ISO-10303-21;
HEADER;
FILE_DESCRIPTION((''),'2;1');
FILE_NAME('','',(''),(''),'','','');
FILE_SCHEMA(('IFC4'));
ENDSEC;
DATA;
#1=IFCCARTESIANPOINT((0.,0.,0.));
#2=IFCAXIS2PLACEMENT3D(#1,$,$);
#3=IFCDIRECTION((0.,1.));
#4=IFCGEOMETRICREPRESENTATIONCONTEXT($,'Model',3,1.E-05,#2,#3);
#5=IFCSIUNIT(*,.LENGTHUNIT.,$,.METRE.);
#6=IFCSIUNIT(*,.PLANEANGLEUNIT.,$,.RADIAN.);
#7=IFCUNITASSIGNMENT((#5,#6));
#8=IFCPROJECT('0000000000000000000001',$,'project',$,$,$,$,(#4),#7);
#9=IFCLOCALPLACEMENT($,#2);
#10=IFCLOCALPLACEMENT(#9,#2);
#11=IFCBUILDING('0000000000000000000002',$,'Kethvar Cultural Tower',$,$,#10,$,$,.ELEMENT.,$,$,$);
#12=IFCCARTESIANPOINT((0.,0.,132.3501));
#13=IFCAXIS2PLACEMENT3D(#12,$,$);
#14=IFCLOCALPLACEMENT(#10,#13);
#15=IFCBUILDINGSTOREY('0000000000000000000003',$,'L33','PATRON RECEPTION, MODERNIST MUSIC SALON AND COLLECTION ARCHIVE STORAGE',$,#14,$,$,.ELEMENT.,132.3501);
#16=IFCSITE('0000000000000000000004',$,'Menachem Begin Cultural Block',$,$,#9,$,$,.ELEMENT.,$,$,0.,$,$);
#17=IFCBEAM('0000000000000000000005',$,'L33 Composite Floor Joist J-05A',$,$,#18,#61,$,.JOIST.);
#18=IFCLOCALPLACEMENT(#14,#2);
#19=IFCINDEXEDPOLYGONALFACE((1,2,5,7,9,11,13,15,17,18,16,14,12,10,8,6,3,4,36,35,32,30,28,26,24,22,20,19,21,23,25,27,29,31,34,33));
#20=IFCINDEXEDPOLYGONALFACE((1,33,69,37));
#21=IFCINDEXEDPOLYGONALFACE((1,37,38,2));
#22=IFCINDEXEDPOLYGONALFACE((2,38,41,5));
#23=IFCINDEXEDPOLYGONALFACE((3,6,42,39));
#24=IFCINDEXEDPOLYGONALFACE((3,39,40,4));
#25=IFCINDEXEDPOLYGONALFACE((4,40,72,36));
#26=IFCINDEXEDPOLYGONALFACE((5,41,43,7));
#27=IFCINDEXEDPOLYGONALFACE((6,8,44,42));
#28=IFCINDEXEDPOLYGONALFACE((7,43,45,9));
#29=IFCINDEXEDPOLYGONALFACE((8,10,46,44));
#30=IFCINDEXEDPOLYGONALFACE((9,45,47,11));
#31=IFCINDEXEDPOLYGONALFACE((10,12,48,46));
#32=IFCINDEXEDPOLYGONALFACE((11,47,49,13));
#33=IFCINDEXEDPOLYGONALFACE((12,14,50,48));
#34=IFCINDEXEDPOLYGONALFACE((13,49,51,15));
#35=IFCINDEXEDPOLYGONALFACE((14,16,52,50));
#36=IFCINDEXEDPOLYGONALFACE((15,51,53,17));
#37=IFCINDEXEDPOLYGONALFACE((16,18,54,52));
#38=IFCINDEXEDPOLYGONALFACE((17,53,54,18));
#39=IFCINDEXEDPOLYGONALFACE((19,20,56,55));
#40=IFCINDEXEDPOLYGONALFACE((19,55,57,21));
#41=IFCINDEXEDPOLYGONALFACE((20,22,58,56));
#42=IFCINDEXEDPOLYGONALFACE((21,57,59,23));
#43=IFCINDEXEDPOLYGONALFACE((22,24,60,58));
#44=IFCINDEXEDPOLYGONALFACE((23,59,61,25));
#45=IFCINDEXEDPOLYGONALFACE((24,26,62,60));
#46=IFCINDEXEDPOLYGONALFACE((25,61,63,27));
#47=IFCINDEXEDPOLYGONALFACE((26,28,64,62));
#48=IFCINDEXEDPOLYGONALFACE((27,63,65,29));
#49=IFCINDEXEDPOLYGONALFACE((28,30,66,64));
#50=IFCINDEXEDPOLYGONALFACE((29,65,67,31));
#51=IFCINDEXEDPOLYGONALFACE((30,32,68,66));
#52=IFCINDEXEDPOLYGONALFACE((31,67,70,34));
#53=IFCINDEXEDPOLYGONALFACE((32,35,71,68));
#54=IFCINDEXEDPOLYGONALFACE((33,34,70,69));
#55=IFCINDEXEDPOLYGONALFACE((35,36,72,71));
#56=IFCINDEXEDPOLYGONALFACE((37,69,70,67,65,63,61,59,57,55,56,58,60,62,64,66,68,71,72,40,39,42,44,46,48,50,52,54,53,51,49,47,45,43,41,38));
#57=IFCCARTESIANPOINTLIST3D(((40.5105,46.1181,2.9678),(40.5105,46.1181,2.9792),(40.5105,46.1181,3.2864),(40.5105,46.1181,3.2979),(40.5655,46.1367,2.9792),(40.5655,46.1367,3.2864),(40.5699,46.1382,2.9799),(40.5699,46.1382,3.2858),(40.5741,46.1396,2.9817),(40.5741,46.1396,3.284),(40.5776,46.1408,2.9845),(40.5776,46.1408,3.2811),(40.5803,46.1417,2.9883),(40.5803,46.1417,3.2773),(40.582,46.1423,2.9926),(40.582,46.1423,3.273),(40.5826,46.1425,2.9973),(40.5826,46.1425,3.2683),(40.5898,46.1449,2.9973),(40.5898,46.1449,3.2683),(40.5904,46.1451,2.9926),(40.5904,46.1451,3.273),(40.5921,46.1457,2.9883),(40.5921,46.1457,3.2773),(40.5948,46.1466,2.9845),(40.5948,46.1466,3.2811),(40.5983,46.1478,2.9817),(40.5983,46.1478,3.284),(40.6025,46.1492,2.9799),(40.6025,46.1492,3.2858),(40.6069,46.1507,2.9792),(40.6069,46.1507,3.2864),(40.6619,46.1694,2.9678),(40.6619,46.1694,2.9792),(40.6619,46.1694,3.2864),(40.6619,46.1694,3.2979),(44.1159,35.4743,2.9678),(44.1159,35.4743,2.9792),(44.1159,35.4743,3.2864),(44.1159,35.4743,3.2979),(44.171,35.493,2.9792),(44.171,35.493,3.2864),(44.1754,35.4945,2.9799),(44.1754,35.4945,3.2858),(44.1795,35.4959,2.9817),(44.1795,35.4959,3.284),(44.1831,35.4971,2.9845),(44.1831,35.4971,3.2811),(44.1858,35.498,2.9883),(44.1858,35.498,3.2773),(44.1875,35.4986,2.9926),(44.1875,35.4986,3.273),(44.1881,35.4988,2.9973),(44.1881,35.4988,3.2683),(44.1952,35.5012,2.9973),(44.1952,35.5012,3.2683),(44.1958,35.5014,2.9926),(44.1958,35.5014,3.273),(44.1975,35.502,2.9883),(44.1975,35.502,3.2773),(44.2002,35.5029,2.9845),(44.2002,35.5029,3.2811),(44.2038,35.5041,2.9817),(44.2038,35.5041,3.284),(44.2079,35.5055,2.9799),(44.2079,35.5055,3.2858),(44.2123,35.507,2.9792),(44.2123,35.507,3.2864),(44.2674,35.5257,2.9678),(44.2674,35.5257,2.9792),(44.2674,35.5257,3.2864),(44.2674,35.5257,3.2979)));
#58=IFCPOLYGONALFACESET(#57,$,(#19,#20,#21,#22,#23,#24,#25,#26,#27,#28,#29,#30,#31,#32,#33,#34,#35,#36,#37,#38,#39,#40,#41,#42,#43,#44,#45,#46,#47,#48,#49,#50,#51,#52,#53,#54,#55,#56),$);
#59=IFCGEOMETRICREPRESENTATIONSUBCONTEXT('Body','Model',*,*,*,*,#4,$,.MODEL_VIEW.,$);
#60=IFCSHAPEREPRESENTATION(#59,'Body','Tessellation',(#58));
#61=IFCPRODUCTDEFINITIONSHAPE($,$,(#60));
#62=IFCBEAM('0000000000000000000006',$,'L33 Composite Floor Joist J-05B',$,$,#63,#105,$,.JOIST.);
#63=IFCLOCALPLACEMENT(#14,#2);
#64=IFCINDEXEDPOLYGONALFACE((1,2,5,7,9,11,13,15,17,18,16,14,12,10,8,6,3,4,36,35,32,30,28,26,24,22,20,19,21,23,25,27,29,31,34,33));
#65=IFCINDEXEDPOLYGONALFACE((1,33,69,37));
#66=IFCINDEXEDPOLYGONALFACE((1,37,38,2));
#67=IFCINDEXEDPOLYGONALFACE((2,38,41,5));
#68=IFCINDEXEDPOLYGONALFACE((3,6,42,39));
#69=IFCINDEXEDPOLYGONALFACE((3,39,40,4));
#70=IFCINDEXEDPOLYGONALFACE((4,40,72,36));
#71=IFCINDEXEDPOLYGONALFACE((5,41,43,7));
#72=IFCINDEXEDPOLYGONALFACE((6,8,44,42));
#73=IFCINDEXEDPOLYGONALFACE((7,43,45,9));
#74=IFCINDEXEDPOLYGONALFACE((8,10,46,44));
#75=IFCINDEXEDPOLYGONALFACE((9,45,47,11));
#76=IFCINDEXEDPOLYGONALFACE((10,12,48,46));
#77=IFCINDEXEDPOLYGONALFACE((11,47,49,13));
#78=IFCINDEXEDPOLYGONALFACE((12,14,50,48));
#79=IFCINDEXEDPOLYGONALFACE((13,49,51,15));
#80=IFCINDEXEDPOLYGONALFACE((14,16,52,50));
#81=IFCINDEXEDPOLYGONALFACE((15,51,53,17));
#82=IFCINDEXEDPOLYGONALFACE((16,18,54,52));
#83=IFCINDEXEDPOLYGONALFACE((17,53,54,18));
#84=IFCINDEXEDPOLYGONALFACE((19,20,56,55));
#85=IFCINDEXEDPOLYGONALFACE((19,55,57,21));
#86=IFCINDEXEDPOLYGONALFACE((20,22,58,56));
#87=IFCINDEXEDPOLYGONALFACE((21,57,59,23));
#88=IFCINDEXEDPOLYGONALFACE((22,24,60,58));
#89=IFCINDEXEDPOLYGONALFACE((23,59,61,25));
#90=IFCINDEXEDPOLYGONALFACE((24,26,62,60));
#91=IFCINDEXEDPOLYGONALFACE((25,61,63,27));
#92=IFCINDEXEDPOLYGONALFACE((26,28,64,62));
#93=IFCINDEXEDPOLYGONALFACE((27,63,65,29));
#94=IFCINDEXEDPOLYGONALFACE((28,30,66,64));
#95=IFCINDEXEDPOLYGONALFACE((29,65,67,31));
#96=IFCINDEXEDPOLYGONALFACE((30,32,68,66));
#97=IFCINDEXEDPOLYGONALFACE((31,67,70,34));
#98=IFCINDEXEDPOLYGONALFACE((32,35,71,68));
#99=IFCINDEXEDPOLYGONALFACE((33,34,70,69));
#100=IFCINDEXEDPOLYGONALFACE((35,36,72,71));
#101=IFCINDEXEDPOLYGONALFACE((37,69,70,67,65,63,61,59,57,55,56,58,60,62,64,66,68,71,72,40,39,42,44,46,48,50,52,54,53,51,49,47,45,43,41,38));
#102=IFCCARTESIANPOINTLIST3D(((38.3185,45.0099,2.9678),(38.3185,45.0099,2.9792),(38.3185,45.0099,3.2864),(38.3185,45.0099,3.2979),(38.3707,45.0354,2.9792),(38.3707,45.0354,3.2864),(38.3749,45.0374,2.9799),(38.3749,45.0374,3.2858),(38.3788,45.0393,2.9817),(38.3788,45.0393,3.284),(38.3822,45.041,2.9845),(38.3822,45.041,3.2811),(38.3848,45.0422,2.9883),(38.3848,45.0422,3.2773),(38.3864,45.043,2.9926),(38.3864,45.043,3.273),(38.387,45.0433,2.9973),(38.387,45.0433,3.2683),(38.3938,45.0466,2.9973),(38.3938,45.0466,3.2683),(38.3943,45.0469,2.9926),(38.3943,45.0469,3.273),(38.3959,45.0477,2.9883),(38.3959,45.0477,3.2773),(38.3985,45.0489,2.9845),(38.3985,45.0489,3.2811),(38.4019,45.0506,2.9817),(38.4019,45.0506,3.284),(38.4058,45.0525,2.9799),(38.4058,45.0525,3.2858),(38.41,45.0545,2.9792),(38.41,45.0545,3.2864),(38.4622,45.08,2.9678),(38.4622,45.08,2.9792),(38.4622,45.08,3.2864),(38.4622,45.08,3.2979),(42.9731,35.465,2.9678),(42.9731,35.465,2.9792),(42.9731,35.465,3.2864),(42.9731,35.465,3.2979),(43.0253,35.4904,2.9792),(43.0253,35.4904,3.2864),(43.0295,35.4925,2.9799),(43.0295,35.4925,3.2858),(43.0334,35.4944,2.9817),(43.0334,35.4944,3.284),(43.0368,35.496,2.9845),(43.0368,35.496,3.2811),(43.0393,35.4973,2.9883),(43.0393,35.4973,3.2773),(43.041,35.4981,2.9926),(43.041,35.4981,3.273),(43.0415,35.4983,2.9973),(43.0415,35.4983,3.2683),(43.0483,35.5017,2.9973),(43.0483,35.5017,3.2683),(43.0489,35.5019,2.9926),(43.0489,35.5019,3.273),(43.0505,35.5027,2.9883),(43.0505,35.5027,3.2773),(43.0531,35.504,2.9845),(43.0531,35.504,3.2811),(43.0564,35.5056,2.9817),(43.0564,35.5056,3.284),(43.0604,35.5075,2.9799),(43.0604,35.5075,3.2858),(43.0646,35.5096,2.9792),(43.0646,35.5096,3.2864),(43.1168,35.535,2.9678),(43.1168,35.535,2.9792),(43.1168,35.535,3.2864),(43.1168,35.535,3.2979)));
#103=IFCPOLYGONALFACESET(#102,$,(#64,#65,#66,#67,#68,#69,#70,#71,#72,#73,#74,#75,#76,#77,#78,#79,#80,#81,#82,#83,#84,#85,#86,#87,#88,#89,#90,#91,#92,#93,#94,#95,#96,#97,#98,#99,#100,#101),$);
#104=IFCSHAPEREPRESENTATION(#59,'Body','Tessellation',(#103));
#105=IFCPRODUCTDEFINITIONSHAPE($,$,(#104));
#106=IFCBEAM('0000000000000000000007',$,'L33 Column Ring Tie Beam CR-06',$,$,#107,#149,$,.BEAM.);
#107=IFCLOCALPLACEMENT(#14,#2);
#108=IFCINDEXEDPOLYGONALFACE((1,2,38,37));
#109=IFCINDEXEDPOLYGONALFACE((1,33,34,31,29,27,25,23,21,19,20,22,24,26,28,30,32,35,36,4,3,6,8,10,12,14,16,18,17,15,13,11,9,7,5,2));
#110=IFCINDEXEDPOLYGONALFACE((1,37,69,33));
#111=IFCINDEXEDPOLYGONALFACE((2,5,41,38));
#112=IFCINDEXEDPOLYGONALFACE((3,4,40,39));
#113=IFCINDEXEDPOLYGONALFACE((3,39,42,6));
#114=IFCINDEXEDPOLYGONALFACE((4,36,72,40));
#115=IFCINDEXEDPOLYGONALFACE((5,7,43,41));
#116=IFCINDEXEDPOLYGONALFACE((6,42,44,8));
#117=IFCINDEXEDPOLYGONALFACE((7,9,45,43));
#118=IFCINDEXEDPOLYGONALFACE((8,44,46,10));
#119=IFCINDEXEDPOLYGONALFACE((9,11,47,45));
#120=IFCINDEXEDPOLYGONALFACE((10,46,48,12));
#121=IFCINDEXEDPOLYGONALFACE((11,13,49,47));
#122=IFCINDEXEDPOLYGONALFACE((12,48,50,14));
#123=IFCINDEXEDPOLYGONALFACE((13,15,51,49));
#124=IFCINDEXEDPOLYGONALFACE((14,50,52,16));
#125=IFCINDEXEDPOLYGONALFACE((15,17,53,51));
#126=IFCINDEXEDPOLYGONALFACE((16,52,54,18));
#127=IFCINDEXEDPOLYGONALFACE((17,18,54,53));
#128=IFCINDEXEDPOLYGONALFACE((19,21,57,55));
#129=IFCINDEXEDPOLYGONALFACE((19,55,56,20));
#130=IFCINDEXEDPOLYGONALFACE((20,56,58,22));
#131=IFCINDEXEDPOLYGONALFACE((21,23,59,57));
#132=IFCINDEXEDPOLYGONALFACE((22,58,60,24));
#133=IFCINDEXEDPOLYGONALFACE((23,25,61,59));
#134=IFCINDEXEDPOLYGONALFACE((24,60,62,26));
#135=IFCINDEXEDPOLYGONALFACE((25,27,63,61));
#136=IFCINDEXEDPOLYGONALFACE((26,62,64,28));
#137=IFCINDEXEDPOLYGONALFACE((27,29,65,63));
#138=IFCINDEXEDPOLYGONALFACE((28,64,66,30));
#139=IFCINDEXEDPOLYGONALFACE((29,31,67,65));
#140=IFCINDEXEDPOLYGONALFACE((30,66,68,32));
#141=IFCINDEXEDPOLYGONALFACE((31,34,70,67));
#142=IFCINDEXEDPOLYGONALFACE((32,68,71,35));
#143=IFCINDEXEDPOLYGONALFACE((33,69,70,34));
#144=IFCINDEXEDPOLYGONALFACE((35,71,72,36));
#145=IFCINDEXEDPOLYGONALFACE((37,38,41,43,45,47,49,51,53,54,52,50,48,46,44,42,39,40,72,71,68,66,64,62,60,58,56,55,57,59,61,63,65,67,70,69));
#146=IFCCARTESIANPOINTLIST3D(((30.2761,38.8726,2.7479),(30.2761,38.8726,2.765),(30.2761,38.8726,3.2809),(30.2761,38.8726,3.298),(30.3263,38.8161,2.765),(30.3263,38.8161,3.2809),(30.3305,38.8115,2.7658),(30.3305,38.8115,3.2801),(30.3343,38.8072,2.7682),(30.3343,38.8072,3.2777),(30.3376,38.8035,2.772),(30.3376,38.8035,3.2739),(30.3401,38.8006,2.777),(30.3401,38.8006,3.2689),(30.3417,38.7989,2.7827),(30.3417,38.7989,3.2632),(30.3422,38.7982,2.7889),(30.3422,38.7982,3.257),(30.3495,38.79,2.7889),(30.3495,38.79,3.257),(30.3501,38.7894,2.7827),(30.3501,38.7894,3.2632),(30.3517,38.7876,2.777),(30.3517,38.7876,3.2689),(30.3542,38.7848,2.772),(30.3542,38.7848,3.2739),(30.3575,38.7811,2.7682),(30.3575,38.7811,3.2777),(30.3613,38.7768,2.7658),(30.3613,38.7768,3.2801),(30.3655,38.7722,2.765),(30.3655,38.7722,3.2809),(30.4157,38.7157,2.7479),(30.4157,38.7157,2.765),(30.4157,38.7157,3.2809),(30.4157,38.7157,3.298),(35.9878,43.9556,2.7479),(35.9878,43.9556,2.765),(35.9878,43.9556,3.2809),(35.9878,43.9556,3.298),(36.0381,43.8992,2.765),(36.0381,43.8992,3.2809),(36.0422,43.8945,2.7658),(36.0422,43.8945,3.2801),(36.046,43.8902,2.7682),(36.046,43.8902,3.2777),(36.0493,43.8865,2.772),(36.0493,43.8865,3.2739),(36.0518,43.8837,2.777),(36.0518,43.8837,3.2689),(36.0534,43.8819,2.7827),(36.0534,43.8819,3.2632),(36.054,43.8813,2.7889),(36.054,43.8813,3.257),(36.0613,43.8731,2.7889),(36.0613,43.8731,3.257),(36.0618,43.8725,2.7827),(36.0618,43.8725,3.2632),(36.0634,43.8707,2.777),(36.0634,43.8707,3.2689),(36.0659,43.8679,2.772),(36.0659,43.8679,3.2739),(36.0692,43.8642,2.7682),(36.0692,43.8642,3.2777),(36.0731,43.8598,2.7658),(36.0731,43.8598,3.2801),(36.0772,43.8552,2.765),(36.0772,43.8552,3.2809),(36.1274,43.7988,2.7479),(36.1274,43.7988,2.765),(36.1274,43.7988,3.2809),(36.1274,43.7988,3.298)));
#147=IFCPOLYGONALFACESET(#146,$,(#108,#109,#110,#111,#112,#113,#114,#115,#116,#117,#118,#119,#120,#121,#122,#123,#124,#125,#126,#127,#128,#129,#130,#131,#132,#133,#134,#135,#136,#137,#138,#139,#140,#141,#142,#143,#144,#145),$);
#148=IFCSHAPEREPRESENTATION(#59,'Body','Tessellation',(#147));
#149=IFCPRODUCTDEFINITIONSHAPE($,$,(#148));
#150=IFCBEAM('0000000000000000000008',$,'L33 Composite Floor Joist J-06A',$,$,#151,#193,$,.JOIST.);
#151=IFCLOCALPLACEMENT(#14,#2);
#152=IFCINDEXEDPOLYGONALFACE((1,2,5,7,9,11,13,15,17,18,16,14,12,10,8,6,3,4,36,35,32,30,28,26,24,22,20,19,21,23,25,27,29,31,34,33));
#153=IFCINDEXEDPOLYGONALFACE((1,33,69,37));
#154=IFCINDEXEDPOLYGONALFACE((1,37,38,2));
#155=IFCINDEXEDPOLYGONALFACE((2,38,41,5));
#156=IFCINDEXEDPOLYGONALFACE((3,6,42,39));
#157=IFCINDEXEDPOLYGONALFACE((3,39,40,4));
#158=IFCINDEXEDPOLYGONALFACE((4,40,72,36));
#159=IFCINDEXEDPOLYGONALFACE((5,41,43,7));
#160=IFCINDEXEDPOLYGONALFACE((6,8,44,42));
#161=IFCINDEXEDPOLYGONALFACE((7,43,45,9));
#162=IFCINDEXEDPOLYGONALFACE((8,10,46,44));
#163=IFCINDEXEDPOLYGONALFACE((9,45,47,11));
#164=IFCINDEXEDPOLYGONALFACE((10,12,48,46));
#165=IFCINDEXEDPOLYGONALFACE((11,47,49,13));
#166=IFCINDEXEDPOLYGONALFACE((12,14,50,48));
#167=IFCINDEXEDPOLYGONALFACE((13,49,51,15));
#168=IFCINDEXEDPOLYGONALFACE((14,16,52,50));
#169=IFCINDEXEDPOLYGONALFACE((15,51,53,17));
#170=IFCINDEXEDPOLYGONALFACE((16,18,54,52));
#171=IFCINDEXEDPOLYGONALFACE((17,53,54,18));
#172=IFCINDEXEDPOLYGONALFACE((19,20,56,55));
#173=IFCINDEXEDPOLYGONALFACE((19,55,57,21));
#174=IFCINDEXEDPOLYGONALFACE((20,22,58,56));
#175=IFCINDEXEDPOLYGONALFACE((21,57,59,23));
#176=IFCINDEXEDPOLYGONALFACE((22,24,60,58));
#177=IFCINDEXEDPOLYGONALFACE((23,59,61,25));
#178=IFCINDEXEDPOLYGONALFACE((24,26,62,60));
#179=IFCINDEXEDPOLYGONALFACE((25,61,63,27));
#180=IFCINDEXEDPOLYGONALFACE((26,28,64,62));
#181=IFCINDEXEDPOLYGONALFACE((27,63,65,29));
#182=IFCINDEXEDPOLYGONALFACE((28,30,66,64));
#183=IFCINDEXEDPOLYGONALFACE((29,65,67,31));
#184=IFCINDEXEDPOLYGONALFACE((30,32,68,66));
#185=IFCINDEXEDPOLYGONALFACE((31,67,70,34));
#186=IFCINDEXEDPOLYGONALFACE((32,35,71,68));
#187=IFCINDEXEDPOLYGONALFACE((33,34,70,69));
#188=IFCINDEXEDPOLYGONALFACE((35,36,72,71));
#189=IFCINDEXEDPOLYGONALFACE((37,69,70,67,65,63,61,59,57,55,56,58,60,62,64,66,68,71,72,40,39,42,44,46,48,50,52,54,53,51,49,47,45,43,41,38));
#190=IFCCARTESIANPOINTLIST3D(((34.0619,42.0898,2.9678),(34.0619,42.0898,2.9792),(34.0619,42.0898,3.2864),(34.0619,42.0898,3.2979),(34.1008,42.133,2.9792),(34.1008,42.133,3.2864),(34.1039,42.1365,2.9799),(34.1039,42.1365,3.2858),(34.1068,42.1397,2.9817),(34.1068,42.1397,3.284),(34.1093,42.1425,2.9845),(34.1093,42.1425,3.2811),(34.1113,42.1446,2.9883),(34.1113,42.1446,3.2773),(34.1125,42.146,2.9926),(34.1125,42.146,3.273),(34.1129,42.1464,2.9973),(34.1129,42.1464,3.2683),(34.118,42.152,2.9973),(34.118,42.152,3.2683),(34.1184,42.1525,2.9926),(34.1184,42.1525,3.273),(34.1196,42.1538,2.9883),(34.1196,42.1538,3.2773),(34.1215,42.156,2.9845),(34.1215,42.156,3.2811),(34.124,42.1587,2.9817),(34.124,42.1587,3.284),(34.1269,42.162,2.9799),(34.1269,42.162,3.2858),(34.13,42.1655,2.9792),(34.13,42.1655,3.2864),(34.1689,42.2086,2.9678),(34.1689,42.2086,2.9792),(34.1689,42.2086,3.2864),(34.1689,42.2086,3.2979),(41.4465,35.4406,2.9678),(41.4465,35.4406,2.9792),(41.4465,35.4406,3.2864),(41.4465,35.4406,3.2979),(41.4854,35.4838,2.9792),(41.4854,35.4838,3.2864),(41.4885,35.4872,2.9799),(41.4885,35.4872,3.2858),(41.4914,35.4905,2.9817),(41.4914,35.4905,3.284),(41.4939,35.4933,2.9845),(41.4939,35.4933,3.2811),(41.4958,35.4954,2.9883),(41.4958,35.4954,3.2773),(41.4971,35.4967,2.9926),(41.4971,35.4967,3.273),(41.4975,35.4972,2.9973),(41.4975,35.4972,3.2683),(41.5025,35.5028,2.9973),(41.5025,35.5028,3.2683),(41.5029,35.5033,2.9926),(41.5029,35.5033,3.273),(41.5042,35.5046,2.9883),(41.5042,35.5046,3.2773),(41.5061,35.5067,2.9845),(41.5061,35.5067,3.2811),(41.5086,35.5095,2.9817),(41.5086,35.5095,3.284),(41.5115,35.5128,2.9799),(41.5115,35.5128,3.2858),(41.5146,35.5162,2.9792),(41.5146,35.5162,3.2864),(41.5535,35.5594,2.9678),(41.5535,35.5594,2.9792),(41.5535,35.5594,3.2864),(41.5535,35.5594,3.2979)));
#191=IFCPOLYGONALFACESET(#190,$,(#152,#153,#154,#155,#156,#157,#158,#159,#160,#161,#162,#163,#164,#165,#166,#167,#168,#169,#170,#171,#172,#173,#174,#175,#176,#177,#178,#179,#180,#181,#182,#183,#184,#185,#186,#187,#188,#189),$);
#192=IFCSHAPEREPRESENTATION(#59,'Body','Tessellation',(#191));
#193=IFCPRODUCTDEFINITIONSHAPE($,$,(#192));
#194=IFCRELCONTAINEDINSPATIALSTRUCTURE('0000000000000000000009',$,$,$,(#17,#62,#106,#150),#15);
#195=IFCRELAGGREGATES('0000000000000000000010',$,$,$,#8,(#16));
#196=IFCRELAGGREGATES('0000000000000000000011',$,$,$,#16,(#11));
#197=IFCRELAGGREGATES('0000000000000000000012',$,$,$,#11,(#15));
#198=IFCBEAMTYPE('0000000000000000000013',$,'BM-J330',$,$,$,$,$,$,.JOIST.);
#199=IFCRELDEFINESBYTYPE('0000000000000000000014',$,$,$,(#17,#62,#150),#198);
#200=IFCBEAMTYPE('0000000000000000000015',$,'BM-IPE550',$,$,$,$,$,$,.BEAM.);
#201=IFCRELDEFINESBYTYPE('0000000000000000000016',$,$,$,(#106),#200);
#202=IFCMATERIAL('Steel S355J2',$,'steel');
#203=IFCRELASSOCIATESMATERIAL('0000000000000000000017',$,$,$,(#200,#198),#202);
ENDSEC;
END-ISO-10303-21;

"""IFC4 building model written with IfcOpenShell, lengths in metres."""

from ifc_helpers import new_model, si_unit, direction, frame, origin, origin_2d, place, context, subcontext, project, spatial, i_section, extrude, source, transform, mapped, material, material_profile, profile_set, type_object, element, save


model = new_model("IFC4")

# Units and contexts
model_context = context("Model", 3, precision=1e-05, world=origin(), true_north=direction((0.0, 1.0)))
body_context = subcontext(model_context, "Body", "Model", "MODEL_VIEW")
ifc_project = project(units=[si_unit("LENGTHUNIT", "METRE"), si_unit("PLANEANGLEUNIT", "RADIAN")], contexts=[model_context])

# Site, building, storey
site_placement = place(None, origin())
site = spatial("IfcSite", under=ifc_project, at=site_placement, Name="Menachem Begin Cultural Block", CompositionType="ELEMENT", RefElevation=0.0)
building_placement = place(site_placement, origin())
building = spatial("IfcBuilding", under=site, at=building_placement, Name="Kethvar Cultural Tower", CompositionType="ELEMENT")
storey_placement = place(building_placement, frame((0.0, 0.0, 132.3501)))
storey = spatial("IfcBuildingStorey", under=building, at=storey_placement, Name="L33", Description="PATRON RECEPTION, MODERNIST MUSIC SALON AND COLLECTION ARCHIVE STORAGE", CompositionType="ELEMENT", Elevation=132.3501)

# Beams
ifc_material_1 = material(Name="Steel S355J2", Category="steel")
ifc_material_profile_1 = material_profile(ifc_material_1, i_section(OverallWidth=0.21, OverallDepth=0.55, WebThickness=0.011, FlangeThickness=0.0171, FilletRadius=0.0239, at=origin_2d()), Name="Steel S355J2 — IPE550")
ifc_profile_set_1 = profile_set([ifc_material_profile_1], Name="Steel S355J2 — IPE550")
beam_type_1 = type_object("IfcBeamType", Name="BM-IPE550", PredefinedType="BEAM", material=ifc_profile_set_1)
ifc_material_profile_2 = material_profile(ifc_material_1, i_section(OverallWidth=0.1599, OverallDepth=0.3301, WebThickness=0.0076, FlangeThickness=0.0115, FilletRadius=0.0181, at=origin_2d()), Name="Steel S355J2 — IPE330")
ifc_profile_set_2 = profile_set([ifc_material_profile_2], Name="Steel S355J2 — IPE330")
beam_type_2 = type_object("IfcBeamType", Name="BM-J330", PredefinedType="JOIST", material=ifc_profile_set_2)
shared_shape_1 = source(origin(), body_context, "Body", "SweptSolid", [
    extrude(i_section(OverallWidth=0.1599, OverallDepth=0.3301, WebThickness=0.0076, FlangeThickness=0.0115, FilletRadius=0.0181, at=origin_2d()), origin(), (0.0, 0.0, 1.0), 11.2378),
])
beam_1_placement = place(storey_placement, frame((44.1917, 35.5, 3.1328), z_axis=(-0.320832, 0.947136, 0.0), x_axis=(-0.947136, -0.320832, 0.0)))
element("IfcBeam", 1, at=beam_1_placement, inside=storey, type_object=beam_type_2, Name="L33 Composite Floor Joist J-05A", PredefinedType="JOIST", context=body_context, shape_type="MappedRepresentation", body=[
    mapped(shared_shape_1, transform((0.0, 0.0, 0.0), scale=1.0)),
])
shared_shape_2 = source(origin(), body_context, "Body", "SweptSolid", [
    extrude(i_section(OverallWidth=0.1599, OverallDepth=0.3301, WebThickness=0.0076, FlangeThickness=0.0115, FilletRadius=0.0181, at=origin_2d()), origin(), (0.0, 0.0, 1.0), 10.6194),
])
beam_2_placement = place(storey_placement, frame((43.0449, 35.5, 3.1328), z_axis=(-0.438308, 0.898825, 0.0), x_axis=(-0.898825, -0.438308, 0.0)))
element("IfcBeam", 2, at=beam_2_placement, inside=storey, type_object=beam_type_2, Name="L33 Composite Floor Joist J-05B", PredefinedType="JOIST", context=body_context, shape_type="MappedRepresentation", body=[
    mapped(shared_shape_2, transform((0.0, 0.0, 0.0), scale=1.0)),
])
shared_shape_3 = source(origin(), body_context, "Body", "SweptSolid", [
    extrude(i_section(OverallWidth=0.21, OverallDepth=0.55, WebThickness=0.011, FlangeThickness=0.0171, FilletRadius=0.0239, at=origin_2d()), origin(), (0.0, 0.0, 1.0), 7.646),
])
beam_3_placement = place(storey_placement, frame((36.0576, 43.8772, 3.0229), z_axis=(-0.747022, -0.6648, 0.0), x_axis=(0.6648, -0.747022, 0.0)))
element("IfcBeam", 3, at=beam_3_placement, inside=storey, type_object=beam_type_1, Name="L33 Column Ring Tie Beam CR-06", PredefinedType="BEAM", context=body_context, shape_type="MappedRepresentation", body=[
    mapped(shared_shape_3, transform((0.0, 0.0, 0.0), scale=1.0)),
])
shared_shape_4 = source(origin(), body_context, "Body", "SweptSolid", [
    extrude(i_section(OverallWidth=0.1599, OverallDepth=0.3301, WebThickness=0.0076, FlangeThickness=0.0115, FilletRadius=0.0181, at=origin_2d()), origin(), (0.0, 0.0, 1.0), 9.937),
])
beam_4_placement = place(storey_placement, frame((41.5, 35.5, 3.1328), z_axis=(-0.743139, 0.669137, 0.0), x_axis=(-0.669137, -0.743139, 0.0)))
element("IfcBeam", 4, at=beam_4_placement, inside=storey, type_object=beam_type_2, Name="L33 Composite Floor Joist J-06A", PredefinedType="JOIST", context=body_context, shape_type="MappedRepresentation", body=[
    mapped(shared_shape_4, transform((0.0, 0.0, 0.0), scale=1.0)),
])

save(model, "model.ifc")
